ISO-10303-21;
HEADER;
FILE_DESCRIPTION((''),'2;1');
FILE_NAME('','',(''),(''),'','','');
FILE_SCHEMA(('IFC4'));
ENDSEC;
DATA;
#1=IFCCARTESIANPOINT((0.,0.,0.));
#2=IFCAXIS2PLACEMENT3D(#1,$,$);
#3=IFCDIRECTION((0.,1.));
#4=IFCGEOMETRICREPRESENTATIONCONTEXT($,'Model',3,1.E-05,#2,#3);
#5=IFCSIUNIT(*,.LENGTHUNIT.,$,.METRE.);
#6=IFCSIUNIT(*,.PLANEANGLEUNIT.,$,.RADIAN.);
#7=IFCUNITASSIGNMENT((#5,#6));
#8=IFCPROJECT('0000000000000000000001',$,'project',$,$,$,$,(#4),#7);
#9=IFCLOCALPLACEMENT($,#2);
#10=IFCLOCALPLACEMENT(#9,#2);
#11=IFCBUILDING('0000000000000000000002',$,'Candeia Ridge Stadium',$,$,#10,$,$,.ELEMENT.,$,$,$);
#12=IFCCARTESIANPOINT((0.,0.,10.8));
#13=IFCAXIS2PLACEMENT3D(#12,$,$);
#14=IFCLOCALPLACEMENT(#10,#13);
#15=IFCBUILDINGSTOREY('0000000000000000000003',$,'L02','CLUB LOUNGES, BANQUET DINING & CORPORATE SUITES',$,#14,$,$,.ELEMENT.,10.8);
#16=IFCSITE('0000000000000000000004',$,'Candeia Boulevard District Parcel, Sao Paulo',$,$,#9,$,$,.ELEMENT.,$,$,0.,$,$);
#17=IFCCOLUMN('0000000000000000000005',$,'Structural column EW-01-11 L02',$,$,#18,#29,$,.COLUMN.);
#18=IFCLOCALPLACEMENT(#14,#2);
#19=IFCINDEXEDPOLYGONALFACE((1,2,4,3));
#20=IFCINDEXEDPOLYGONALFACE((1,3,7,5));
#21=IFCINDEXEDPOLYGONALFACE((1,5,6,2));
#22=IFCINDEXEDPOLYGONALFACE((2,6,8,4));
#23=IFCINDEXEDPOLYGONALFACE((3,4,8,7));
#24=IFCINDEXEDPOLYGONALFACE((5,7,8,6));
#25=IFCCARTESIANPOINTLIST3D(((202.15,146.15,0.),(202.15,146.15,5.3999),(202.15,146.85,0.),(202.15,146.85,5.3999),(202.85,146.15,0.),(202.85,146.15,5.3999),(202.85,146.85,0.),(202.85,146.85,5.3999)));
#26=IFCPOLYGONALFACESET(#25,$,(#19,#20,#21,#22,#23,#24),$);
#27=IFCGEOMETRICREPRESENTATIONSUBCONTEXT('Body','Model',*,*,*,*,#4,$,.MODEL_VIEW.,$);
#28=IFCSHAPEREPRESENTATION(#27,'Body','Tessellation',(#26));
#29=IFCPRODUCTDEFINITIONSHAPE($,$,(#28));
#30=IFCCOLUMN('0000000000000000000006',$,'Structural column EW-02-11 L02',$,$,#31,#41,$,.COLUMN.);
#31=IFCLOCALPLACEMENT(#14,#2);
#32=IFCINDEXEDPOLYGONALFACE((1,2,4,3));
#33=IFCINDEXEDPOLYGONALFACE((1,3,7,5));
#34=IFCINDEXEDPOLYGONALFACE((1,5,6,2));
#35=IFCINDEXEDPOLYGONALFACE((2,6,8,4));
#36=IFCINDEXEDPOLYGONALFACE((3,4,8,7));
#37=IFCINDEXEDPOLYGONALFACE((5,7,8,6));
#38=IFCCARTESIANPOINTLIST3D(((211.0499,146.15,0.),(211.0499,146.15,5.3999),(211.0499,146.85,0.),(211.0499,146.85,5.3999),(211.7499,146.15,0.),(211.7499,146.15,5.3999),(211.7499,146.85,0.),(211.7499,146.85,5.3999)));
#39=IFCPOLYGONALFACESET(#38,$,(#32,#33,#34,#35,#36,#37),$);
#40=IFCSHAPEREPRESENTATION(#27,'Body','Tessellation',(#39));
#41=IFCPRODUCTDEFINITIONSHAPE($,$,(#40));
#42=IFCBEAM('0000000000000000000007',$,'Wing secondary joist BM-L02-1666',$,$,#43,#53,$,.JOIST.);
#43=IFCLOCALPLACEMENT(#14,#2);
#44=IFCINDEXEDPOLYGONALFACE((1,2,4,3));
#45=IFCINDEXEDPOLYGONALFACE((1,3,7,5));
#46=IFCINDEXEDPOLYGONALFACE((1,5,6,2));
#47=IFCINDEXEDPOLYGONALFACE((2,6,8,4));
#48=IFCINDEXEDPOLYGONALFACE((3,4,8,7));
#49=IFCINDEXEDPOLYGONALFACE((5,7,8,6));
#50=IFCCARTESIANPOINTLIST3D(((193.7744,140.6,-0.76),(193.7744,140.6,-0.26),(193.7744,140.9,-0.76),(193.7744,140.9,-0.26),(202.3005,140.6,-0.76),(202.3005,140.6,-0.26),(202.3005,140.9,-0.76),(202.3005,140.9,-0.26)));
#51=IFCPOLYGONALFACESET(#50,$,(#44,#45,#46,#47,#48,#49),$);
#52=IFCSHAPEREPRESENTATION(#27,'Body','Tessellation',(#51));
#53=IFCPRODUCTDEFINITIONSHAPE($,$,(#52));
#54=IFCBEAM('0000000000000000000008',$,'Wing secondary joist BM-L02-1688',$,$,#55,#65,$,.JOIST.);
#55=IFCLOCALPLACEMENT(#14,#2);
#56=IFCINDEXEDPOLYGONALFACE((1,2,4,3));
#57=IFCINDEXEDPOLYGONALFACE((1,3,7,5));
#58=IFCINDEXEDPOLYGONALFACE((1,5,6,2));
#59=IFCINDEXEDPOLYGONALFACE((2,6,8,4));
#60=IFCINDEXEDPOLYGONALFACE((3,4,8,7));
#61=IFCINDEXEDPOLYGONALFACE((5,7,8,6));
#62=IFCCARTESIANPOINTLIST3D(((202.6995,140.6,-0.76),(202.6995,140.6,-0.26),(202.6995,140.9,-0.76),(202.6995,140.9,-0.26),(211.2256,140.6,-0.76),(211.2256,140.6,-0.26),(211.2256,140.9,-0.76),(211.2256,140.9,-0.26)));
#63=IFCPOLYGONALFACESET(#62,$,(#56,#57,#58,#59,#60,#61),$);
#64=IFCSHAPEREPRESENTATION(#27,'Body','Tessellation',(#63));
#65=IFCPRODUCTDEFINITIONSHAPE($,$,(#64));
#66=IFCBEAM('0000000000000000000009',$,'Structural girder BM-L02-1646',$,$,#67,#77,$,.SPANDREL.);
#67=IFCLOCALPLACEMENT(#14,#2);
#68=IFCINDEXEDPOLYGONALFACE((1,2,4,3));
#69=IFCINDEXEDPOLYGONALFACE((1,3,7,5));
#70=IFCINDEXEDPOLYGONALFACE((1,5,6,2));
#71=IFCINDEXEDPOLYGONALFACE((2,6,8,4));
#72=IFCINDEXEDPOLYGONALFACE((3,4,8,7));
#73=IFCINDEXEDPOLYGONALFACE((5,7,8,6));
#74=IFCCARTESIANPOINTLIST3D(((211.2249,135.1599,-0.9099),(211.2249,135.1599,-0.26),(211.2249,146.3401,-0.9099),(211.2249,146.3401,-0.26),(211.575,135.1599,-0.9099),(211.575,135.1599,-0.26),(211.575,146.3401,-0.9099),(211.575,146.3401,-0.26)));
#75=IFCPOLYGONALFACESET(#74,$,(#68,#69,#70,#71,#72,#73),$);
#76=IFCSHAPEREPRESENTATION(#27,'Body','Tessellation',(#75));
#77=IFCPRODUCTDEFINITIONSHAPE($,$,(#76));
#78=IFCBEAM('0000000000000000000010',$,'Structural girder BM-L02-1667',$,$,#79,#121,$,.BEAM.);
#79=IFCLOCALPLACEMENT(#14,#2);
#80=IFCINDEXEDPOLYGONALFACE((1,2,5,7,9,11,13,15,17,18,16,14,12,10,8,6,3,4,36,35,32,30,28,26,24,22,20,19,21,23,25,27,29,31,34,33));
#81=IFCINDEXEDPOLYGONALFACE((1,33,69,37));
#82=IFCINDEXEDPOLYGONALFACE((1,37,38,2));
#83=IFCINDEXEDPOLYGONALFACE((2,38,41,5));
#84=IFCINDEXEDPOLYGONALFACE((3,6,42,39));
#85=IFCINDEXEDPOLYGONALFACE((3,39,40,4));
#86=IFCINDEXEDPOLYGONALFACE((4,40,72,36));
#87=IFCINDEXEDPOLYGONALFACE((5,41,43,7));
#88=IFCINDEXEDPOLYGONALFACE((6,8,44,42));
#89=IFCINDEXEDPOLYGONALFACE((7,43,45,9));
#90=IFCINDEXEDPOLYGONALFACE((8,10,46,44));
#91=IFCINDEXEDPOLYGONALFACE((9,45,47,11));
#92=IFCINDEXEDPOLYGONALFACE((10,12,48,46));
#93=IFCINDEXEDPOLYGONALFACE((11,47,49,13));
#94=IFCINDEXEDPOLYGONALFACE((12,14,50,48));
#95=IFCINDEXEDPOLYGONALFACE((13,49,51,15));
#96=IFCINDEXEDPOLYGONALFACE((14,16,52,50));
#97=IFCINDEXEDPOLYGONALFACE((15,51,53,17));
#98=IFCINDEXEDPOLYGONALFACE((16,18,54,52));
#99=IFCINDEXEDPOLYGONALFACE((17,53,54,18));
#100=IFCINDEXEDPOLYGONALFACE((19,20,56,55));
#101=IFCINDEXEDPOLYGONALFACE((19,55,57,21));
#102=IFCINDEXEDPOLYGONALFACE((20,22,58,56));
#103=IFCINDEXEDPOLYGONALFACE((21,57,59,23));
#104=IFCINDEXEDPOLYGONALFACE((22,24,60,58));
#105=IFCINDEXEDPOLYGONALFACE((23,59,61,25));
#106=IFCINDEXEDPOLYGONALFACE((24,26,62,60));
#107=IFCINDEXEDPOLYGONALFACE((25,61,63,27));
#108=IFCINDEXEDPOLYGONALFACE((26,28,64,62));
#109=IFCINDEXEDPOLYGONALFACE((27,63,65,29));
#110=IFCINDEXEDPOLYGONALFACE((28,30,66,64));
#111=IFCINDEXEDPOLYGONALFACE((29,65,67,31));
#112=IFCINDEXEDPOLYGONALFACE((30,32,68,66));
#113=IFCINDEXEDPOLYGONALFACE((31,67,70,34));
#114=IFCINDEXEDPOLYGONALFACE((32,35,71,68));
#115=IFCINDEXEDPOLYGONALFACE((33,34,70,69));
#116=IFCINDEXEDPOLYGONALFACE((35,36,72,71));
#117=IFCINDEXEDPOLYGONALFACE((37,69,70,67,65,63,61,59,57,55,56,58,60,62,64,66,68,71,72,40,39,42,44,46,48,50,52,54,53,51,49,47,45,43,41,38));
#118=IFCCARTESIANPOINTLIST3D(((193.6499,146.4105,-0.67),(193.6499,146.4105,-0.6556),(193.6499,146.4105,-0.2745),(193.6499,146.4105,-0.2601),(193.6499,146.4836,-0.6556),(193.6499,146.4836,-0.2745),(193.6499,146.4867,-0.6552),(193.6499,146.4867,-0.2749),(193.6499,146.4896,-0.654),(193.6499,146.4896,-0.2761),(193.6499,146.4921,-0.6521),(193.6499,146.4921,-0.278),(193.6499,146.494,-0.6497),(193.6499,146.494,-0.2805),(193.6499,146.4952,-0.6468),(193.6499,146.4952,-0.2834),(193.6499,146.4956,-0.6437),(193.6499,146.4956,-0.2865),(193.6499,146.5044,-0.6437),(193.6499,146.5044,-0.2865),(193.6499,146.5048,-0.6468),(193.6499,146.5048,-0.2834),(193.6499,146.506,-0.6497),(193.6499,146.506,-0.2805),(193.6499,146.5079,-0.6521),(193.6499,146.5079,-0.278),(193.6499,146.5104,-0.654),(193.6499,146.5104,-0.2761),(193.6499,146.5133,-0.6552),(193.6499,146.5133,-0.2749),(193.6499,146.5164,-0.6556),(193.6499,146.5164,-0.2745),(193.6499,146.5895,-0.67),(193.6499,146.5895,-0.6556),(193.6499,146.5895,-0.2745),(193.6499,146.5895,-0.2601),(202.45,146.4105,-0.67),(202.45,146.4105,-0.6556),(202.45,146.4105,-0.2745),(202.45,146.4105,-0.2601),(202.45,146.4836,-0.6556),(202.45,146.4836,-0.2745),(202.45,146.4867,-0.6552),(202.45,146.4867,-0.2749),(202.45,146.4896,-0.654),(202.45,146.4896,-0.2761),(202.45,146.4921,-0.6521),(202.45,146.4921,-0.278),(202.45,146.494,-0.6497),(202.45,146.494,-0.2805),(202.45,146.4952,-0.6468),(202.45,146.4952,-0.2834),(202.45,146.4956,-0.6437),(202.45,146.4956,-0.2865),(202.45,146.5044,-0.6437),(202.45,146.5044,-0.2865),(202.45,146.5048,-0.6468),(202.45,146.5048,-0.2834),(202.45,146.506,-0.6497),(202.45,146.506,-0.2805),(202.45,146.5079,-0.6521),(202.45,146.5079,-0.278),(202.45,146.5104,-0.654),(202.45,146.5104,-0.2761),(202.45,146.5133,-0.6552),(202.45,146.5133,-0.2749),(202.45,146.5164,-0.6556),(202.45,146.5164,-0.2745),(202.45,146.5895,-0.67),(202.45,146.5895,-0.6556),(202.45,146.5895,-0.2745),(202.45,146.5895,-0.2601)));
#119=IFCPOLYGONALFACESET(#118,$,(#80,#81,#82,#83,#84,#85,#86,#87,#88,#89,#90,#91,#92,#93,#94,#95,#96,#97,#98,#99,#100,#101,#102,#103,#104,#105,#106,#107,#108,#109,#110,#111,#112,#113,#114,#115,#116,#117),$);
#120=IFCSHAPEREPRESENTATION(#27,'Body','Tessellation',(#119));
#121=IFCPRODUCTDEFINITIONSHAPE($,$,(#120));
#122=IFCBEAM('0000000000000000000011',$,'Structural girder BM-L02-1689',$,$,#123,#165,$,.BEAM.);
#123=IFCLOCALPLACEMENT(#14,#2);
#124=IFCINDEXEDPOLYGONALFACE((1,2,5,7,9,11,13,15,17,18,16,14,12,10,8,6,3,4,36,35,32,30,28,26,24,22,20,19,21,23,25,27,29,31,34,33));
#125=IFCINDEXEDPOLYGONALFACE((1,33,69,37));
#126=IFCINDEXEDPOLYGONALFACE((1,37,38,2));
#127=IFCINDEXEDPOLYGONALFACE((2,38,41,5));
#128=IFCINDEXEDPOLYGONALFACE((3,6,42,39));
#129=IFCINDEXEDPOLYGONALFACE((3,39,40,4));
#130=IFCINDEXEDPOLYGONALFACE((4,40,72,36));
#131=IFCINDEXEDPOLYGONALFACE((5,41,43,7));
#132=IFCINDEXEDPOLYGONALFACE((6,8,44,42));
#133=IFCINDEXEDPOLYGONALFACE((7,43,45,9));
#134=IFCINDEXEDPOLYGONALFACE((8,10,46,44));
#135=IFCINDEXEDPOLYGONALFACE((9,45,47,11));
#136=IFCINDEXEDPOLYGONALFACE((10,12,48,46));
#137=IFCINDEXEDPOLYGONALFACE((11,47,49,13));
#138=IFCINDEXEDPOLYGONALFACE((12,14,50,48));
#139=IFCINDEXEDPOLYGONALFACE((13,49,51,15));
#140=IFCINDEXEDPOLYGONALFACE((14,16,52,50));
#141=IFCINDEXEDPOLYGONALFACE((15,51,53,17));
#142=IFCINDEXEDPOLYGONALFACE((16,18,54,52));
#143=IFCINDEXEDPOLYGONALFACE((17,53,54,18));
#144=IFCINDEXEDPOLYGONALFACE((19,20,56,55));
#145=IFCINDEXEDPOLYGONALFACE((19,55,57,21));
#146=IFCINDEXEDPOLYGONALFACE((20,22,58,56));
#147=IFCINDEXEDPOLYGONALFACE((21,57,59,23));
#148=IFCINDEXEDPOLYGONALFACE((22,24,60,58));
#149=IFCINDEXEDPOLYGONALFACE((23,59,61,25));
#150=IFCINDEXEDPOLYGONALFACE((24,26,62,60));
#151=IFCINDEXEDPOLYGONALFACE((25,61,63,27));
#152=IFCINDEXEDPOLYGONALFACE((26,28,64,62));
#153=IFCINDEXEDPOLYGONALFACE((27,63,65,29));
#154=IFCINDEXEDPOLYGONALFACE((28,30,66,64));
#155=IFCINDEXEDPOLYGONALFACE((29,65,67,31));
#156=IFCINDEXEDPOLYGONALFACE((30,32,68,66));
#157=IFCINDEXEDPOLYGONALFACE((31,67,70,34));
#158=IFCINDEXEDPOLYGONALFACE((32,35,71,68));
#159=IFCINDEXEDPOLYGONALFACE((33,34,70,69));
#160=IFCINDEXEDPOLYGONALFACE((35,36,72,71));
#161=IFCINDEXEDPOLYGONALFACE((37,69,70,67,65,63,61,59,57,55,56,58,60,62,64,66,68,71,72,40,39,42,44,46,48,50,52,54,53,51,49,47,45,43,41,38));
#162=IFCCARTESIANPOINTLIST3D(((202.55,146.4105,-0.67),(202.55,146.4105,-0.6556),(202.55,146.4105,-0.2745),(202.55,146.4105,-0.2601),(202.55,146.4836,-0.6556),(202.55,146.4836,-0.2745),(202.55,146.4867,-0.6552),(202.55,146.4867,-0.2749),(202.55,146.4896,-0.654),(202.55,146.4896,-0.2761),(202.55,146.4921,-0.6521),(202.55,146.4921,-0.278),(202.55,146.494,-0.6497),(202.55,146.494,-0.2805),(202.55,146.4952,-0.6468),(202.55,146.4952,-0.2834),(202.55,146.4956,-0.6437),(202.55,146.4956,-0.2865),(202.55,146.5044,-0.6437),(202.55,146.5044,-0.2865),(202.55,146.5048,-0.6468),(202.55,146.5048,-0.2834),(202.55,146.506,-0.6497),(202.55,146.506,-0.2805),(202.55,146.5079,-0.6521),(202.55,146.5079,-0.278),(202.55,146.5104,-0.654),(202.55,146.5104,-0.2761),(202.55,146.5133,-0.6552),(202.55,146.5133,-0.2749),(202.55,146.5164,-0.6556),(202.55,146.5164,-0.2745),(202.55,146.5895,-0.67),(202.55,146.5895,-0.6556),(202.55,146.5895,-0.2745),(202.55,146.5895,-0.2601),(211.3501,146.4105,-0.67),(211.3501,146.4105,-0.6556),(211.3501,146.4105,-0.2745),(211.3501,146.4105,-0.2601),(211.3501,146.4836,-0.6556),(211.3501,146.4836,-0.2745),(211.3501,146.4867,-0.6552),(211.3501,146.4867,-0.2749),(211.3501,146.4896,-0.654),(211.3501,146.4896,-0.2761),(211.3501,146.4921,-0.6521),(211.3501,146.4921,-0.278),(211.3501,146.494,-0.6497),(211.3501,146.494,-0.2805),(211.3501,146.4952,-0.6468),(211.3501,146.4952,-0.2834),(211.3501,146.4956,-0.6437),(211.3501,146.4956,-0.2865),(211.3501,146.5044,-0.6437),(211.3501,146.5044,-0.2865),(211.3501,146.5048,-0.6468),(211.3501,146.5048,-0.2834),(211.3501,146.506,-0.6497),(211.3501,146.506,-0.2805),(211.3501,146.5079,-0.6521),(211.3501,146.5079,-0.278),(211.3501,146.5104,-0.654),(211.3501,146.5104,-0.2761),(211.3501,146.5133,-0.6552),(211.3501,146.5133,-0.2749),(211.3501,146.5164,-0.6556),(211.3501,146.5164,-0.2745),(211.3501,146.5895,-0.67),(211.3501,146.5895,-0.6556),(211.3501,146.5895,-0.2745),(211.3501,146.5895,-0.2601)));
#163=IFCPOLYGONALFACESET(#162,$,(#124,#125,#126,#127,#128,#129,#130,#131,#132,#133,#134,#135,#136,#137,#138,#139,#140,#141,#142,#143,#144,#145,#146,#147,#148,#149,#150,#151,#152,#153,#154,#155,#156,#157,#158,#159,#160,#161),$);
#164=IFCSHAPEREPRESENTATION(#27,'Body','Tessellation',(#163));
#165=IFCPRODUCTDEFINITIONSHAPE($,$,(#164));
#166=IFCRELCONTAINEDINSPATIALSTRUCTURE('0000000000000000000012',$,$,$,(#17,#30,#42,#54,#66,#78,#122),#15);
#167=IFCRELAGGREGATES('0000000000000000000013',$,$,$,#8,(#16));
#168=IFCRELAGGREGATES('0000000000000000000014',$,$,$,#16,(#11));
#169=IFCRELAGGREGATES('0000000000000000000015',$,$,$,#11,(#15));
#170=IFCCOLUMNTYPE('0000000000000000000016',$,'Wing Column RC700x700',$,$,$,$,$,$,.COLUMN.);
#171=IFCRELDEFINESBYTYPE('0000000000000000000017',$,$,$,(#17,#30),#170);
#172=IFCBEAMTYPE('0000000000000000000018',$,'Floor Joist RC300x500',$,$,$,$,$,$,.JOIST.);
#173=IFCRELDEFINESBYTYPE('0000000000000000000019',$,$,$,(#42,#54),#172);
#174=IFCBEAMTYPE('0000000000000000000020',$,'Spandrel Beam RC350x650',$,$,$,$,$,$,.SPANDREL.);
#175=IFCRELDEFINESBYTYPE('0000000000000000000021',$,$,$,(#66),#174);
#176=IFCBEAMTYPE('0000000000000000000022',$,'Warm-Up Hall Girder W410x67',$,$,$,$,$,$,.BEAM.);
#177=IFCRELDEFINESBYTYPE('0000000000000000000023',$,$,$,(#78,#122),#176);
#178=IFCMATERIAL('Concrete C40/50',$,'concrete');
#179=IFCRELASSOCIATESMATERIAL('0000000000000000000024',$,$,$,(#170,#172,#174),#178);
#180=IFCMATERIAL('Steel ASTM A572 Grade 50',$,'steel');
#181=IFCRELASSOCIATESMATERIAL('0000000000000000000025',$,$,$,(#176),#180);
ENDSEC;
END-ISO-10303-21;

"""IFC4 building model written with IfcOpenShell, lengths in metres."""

from ifc_helpers import new_model, si_unit, direction, frame, origin, origin_2d, place, context, subcontext, project, spatial, rectangle, i_section, extrude, material, material_profile, profile_set, type_object, element, save


model = new_model("IFC4")

# Units and contexts
model_context = context("Model", 3, precision=1e-05, world=origin(), true_north=direction((0.0, 1.0)))
body_context = subcontext(model_context, "Body", "Model", "MODEL_VIEW")
ifc_project = project(units=[si_unit("LENGTHUNIT", "METRE"), si_unit("PLANEANGLEUNIT", "RADIAN")], contexts=[model_context])

# Site, building, storey
site_placement = place(None, origin())
site = spatial("IfcSite", under=ifc_project, at=site_placement, Name="Candeia Boulevard District Parcel, Sao Paulo", CompositionType="ELEMENT", RefElevation=0.0)
building_placement = place(site_placement, origin())
building = spatial("IfcBuilding", under=site, at=building_placement, Name="Candeia Ridge Stadium", CompositionType="ELEMENT")
storey_placement = place(building_placement, frame((0.0, 0.0, 10.8)))
storey = spatial("IfcBuildingStorey", under=building, at=storey_placement, Name="L02", Description="CLUB LOUNGES, BANQUET DINING & CORPORATE SUITES", CompositionType="ELEMENT", Elevation=10.8)

# Columns
ifc_material_1 = material(Name="Concrete C40/50", Category="concrete")
ifc_material_profile_1 = material_profile(ifc_material_1, rectangle(XDim=0.7, YDim=0.7, at=origin_2d()), Name="RC700x700", Category="concrete")
ifc_profile_set_1 = profile_set([ifc_material_profile_1], Name="Concrete C40/50")
column_type = type_object("IfcColumnType", Name="Wing Column RC700x700", PredefinedType="COLUMN", material=ifc_profile_set_1)
for number, where, z_axis, x_axis, name in (
    (1, (202.5, 146.5, 0.0), (0.0, 0.0, 1.0), (1.0, 0.0, 0.0), "Structural column EW-01-11 L02"),
    (2, (211.3999, 146.5, 0.0), (0.0, 0.0, 1.0), (1.0, 0.0, 0.0), "Structural column EW-02-11 L02"),
):
    element("IfcColumn", number, at=place(storey_placement, frame(where, z_axis=z_axis, x_axis=x_axis)), inside=storey, type_object=column_type, Name=name, PredefinedType="COLUMN", context=body_context, shape_type="SweptSolid", body=[
        extrude(rectangle(XDim=0.7, YDim=0.7, at=origin_2d()), origin(), (0.0, 0.0, 1.0), 5.3999),
    ])

# Beams
ifc_material_profile_2 = material_profile(ifc_material_1, rectangle(XDim=0.3, YDim=0.5, at=origin_2d()), Name="RC300x500", Category="concrete")
ifc_profile_set_2 = profile_set([ifc_material_profile_2], Name="Concrete C40/50")
beam_type_1 = type_object("IfcBeamType", Name="Floor Joist RC300x500", PredefinedType="JOIST", material=ifc_profile_set_2)
for number, where, z_axis, x_axis, name in (
    (3, (193.7744, 140.75, -0.51), (1.0, 0.0, 0.0), (0.0, 1.0, 0.0), "Wing secondary joist BM-L02-1666"),
    (4, (202.6995, 140.75, -0.51), (1.0, 0.0, 0.0), (0.0, 1.0, 0.0), "Wing secondary joist BM-L02-1688"),
):
    element("IfcBeam", number, at=place(storey_placement, frame(where, z_axis=z_axis, x_axis=x_axis)), inside=storey, type_object=beam_type_1, Name=name, PredefinedType="JOIST", context=body_context, shape_type="SweptSolid", body=[
        extrude(rectangle(XDim=0.3, YDim=0.5, at=origin_2d()), origin(), (0.0, 0.0, 1.0), 8.5261),
    ])
ifc_material_profile_3 = material_profile(ifc_material_1, rectangle(XDim=0.3501, YDim=0.6499, at=origin_2d()), Name="RC350x650", Category="concrete")
ifc_profile_set_3 = profile_set([ifc_material_profile_3], Name="Concrete C40/50")
beam_type_2 = type_object("IfcBeamType", Name="Spandrel Beam RC350x650", PredefinedType="SPANDREL", material=ifc_profile_set_3)
beam_placement = place(storey_placement, frame((211.3999, 135.1599, -0.585), z_axis=(0.0, 1.0, 0.0), x_axis=(-1.0, 0.0, 0.0)))
element("IfcBeam", 5, at=beam_placement, inside=storey, type_object=beam_type_2, Name="Structural girder BM-L02-1646", PredefinedType="SPANDREL", context=body_context, shape_type="SweptSolid", body=[
    extrude(rectangle(XDim=0.3501, YDim=0.6499, at=origin_2d()), origin(), (0.0, 0.0, 1.0), 11.1802),
])
ifc_material_2 = material(Name="Steel ASTM A572 Grade 50", Category="steel")
ifc_material_profile_4 = material_profile(ifc_material_2, i_section(OverallWidth=0.179, OverallDepth=0.4099, WebThickness=0.0088, FlangeThickness=0.0144, FilletRadius=0.012, at=origin_2d()), Name="W410x67", Category="steel")
ifc_profile_set_4 = profile_set([ifc_material_profile_4], Name="Steel ASTM A572 Grade 50")
beam_type_3 = type_object("IfcBeamType", Name="Warm-Up Hall Girder W410x67", PredefinedType="BEAM", material=ifc_profile_set_4)
for number, where, z_axis, x_axis, name in (
    (6, (193.6499, 146.5, -0.4651), (1.0, 0.0, 0.0), (0.0, 1.0, 0.0), "Structural girder BM-L02-1667"),
    (7, (202.55, 146.5, -0.4651), (1.0, 0.0, 0.0), (0.0, 1.0, 0.0), "Structural girder BM-L02-1689"),
):
    element("IfcBeam", number, at=place(storey_placement, frame(where, z_axis=z_axis, x_axis=x_axis)), inside=storey, type_object=beam_type_3, Name=name, PredefinedType="BEAM", context=body_context, shape_type="SweptSolid", body=[
        extrude(i_section(OverallWidth=0.179, OverallDepth=0.4099, WebThickness=0.0088, FlangeThickness=0.0144, FilletRadius=0.012, at=origin_2d()), origin(), (0.0, 0.0, 1.0), 8.8),
    ])

save(model, "model.ifc")
